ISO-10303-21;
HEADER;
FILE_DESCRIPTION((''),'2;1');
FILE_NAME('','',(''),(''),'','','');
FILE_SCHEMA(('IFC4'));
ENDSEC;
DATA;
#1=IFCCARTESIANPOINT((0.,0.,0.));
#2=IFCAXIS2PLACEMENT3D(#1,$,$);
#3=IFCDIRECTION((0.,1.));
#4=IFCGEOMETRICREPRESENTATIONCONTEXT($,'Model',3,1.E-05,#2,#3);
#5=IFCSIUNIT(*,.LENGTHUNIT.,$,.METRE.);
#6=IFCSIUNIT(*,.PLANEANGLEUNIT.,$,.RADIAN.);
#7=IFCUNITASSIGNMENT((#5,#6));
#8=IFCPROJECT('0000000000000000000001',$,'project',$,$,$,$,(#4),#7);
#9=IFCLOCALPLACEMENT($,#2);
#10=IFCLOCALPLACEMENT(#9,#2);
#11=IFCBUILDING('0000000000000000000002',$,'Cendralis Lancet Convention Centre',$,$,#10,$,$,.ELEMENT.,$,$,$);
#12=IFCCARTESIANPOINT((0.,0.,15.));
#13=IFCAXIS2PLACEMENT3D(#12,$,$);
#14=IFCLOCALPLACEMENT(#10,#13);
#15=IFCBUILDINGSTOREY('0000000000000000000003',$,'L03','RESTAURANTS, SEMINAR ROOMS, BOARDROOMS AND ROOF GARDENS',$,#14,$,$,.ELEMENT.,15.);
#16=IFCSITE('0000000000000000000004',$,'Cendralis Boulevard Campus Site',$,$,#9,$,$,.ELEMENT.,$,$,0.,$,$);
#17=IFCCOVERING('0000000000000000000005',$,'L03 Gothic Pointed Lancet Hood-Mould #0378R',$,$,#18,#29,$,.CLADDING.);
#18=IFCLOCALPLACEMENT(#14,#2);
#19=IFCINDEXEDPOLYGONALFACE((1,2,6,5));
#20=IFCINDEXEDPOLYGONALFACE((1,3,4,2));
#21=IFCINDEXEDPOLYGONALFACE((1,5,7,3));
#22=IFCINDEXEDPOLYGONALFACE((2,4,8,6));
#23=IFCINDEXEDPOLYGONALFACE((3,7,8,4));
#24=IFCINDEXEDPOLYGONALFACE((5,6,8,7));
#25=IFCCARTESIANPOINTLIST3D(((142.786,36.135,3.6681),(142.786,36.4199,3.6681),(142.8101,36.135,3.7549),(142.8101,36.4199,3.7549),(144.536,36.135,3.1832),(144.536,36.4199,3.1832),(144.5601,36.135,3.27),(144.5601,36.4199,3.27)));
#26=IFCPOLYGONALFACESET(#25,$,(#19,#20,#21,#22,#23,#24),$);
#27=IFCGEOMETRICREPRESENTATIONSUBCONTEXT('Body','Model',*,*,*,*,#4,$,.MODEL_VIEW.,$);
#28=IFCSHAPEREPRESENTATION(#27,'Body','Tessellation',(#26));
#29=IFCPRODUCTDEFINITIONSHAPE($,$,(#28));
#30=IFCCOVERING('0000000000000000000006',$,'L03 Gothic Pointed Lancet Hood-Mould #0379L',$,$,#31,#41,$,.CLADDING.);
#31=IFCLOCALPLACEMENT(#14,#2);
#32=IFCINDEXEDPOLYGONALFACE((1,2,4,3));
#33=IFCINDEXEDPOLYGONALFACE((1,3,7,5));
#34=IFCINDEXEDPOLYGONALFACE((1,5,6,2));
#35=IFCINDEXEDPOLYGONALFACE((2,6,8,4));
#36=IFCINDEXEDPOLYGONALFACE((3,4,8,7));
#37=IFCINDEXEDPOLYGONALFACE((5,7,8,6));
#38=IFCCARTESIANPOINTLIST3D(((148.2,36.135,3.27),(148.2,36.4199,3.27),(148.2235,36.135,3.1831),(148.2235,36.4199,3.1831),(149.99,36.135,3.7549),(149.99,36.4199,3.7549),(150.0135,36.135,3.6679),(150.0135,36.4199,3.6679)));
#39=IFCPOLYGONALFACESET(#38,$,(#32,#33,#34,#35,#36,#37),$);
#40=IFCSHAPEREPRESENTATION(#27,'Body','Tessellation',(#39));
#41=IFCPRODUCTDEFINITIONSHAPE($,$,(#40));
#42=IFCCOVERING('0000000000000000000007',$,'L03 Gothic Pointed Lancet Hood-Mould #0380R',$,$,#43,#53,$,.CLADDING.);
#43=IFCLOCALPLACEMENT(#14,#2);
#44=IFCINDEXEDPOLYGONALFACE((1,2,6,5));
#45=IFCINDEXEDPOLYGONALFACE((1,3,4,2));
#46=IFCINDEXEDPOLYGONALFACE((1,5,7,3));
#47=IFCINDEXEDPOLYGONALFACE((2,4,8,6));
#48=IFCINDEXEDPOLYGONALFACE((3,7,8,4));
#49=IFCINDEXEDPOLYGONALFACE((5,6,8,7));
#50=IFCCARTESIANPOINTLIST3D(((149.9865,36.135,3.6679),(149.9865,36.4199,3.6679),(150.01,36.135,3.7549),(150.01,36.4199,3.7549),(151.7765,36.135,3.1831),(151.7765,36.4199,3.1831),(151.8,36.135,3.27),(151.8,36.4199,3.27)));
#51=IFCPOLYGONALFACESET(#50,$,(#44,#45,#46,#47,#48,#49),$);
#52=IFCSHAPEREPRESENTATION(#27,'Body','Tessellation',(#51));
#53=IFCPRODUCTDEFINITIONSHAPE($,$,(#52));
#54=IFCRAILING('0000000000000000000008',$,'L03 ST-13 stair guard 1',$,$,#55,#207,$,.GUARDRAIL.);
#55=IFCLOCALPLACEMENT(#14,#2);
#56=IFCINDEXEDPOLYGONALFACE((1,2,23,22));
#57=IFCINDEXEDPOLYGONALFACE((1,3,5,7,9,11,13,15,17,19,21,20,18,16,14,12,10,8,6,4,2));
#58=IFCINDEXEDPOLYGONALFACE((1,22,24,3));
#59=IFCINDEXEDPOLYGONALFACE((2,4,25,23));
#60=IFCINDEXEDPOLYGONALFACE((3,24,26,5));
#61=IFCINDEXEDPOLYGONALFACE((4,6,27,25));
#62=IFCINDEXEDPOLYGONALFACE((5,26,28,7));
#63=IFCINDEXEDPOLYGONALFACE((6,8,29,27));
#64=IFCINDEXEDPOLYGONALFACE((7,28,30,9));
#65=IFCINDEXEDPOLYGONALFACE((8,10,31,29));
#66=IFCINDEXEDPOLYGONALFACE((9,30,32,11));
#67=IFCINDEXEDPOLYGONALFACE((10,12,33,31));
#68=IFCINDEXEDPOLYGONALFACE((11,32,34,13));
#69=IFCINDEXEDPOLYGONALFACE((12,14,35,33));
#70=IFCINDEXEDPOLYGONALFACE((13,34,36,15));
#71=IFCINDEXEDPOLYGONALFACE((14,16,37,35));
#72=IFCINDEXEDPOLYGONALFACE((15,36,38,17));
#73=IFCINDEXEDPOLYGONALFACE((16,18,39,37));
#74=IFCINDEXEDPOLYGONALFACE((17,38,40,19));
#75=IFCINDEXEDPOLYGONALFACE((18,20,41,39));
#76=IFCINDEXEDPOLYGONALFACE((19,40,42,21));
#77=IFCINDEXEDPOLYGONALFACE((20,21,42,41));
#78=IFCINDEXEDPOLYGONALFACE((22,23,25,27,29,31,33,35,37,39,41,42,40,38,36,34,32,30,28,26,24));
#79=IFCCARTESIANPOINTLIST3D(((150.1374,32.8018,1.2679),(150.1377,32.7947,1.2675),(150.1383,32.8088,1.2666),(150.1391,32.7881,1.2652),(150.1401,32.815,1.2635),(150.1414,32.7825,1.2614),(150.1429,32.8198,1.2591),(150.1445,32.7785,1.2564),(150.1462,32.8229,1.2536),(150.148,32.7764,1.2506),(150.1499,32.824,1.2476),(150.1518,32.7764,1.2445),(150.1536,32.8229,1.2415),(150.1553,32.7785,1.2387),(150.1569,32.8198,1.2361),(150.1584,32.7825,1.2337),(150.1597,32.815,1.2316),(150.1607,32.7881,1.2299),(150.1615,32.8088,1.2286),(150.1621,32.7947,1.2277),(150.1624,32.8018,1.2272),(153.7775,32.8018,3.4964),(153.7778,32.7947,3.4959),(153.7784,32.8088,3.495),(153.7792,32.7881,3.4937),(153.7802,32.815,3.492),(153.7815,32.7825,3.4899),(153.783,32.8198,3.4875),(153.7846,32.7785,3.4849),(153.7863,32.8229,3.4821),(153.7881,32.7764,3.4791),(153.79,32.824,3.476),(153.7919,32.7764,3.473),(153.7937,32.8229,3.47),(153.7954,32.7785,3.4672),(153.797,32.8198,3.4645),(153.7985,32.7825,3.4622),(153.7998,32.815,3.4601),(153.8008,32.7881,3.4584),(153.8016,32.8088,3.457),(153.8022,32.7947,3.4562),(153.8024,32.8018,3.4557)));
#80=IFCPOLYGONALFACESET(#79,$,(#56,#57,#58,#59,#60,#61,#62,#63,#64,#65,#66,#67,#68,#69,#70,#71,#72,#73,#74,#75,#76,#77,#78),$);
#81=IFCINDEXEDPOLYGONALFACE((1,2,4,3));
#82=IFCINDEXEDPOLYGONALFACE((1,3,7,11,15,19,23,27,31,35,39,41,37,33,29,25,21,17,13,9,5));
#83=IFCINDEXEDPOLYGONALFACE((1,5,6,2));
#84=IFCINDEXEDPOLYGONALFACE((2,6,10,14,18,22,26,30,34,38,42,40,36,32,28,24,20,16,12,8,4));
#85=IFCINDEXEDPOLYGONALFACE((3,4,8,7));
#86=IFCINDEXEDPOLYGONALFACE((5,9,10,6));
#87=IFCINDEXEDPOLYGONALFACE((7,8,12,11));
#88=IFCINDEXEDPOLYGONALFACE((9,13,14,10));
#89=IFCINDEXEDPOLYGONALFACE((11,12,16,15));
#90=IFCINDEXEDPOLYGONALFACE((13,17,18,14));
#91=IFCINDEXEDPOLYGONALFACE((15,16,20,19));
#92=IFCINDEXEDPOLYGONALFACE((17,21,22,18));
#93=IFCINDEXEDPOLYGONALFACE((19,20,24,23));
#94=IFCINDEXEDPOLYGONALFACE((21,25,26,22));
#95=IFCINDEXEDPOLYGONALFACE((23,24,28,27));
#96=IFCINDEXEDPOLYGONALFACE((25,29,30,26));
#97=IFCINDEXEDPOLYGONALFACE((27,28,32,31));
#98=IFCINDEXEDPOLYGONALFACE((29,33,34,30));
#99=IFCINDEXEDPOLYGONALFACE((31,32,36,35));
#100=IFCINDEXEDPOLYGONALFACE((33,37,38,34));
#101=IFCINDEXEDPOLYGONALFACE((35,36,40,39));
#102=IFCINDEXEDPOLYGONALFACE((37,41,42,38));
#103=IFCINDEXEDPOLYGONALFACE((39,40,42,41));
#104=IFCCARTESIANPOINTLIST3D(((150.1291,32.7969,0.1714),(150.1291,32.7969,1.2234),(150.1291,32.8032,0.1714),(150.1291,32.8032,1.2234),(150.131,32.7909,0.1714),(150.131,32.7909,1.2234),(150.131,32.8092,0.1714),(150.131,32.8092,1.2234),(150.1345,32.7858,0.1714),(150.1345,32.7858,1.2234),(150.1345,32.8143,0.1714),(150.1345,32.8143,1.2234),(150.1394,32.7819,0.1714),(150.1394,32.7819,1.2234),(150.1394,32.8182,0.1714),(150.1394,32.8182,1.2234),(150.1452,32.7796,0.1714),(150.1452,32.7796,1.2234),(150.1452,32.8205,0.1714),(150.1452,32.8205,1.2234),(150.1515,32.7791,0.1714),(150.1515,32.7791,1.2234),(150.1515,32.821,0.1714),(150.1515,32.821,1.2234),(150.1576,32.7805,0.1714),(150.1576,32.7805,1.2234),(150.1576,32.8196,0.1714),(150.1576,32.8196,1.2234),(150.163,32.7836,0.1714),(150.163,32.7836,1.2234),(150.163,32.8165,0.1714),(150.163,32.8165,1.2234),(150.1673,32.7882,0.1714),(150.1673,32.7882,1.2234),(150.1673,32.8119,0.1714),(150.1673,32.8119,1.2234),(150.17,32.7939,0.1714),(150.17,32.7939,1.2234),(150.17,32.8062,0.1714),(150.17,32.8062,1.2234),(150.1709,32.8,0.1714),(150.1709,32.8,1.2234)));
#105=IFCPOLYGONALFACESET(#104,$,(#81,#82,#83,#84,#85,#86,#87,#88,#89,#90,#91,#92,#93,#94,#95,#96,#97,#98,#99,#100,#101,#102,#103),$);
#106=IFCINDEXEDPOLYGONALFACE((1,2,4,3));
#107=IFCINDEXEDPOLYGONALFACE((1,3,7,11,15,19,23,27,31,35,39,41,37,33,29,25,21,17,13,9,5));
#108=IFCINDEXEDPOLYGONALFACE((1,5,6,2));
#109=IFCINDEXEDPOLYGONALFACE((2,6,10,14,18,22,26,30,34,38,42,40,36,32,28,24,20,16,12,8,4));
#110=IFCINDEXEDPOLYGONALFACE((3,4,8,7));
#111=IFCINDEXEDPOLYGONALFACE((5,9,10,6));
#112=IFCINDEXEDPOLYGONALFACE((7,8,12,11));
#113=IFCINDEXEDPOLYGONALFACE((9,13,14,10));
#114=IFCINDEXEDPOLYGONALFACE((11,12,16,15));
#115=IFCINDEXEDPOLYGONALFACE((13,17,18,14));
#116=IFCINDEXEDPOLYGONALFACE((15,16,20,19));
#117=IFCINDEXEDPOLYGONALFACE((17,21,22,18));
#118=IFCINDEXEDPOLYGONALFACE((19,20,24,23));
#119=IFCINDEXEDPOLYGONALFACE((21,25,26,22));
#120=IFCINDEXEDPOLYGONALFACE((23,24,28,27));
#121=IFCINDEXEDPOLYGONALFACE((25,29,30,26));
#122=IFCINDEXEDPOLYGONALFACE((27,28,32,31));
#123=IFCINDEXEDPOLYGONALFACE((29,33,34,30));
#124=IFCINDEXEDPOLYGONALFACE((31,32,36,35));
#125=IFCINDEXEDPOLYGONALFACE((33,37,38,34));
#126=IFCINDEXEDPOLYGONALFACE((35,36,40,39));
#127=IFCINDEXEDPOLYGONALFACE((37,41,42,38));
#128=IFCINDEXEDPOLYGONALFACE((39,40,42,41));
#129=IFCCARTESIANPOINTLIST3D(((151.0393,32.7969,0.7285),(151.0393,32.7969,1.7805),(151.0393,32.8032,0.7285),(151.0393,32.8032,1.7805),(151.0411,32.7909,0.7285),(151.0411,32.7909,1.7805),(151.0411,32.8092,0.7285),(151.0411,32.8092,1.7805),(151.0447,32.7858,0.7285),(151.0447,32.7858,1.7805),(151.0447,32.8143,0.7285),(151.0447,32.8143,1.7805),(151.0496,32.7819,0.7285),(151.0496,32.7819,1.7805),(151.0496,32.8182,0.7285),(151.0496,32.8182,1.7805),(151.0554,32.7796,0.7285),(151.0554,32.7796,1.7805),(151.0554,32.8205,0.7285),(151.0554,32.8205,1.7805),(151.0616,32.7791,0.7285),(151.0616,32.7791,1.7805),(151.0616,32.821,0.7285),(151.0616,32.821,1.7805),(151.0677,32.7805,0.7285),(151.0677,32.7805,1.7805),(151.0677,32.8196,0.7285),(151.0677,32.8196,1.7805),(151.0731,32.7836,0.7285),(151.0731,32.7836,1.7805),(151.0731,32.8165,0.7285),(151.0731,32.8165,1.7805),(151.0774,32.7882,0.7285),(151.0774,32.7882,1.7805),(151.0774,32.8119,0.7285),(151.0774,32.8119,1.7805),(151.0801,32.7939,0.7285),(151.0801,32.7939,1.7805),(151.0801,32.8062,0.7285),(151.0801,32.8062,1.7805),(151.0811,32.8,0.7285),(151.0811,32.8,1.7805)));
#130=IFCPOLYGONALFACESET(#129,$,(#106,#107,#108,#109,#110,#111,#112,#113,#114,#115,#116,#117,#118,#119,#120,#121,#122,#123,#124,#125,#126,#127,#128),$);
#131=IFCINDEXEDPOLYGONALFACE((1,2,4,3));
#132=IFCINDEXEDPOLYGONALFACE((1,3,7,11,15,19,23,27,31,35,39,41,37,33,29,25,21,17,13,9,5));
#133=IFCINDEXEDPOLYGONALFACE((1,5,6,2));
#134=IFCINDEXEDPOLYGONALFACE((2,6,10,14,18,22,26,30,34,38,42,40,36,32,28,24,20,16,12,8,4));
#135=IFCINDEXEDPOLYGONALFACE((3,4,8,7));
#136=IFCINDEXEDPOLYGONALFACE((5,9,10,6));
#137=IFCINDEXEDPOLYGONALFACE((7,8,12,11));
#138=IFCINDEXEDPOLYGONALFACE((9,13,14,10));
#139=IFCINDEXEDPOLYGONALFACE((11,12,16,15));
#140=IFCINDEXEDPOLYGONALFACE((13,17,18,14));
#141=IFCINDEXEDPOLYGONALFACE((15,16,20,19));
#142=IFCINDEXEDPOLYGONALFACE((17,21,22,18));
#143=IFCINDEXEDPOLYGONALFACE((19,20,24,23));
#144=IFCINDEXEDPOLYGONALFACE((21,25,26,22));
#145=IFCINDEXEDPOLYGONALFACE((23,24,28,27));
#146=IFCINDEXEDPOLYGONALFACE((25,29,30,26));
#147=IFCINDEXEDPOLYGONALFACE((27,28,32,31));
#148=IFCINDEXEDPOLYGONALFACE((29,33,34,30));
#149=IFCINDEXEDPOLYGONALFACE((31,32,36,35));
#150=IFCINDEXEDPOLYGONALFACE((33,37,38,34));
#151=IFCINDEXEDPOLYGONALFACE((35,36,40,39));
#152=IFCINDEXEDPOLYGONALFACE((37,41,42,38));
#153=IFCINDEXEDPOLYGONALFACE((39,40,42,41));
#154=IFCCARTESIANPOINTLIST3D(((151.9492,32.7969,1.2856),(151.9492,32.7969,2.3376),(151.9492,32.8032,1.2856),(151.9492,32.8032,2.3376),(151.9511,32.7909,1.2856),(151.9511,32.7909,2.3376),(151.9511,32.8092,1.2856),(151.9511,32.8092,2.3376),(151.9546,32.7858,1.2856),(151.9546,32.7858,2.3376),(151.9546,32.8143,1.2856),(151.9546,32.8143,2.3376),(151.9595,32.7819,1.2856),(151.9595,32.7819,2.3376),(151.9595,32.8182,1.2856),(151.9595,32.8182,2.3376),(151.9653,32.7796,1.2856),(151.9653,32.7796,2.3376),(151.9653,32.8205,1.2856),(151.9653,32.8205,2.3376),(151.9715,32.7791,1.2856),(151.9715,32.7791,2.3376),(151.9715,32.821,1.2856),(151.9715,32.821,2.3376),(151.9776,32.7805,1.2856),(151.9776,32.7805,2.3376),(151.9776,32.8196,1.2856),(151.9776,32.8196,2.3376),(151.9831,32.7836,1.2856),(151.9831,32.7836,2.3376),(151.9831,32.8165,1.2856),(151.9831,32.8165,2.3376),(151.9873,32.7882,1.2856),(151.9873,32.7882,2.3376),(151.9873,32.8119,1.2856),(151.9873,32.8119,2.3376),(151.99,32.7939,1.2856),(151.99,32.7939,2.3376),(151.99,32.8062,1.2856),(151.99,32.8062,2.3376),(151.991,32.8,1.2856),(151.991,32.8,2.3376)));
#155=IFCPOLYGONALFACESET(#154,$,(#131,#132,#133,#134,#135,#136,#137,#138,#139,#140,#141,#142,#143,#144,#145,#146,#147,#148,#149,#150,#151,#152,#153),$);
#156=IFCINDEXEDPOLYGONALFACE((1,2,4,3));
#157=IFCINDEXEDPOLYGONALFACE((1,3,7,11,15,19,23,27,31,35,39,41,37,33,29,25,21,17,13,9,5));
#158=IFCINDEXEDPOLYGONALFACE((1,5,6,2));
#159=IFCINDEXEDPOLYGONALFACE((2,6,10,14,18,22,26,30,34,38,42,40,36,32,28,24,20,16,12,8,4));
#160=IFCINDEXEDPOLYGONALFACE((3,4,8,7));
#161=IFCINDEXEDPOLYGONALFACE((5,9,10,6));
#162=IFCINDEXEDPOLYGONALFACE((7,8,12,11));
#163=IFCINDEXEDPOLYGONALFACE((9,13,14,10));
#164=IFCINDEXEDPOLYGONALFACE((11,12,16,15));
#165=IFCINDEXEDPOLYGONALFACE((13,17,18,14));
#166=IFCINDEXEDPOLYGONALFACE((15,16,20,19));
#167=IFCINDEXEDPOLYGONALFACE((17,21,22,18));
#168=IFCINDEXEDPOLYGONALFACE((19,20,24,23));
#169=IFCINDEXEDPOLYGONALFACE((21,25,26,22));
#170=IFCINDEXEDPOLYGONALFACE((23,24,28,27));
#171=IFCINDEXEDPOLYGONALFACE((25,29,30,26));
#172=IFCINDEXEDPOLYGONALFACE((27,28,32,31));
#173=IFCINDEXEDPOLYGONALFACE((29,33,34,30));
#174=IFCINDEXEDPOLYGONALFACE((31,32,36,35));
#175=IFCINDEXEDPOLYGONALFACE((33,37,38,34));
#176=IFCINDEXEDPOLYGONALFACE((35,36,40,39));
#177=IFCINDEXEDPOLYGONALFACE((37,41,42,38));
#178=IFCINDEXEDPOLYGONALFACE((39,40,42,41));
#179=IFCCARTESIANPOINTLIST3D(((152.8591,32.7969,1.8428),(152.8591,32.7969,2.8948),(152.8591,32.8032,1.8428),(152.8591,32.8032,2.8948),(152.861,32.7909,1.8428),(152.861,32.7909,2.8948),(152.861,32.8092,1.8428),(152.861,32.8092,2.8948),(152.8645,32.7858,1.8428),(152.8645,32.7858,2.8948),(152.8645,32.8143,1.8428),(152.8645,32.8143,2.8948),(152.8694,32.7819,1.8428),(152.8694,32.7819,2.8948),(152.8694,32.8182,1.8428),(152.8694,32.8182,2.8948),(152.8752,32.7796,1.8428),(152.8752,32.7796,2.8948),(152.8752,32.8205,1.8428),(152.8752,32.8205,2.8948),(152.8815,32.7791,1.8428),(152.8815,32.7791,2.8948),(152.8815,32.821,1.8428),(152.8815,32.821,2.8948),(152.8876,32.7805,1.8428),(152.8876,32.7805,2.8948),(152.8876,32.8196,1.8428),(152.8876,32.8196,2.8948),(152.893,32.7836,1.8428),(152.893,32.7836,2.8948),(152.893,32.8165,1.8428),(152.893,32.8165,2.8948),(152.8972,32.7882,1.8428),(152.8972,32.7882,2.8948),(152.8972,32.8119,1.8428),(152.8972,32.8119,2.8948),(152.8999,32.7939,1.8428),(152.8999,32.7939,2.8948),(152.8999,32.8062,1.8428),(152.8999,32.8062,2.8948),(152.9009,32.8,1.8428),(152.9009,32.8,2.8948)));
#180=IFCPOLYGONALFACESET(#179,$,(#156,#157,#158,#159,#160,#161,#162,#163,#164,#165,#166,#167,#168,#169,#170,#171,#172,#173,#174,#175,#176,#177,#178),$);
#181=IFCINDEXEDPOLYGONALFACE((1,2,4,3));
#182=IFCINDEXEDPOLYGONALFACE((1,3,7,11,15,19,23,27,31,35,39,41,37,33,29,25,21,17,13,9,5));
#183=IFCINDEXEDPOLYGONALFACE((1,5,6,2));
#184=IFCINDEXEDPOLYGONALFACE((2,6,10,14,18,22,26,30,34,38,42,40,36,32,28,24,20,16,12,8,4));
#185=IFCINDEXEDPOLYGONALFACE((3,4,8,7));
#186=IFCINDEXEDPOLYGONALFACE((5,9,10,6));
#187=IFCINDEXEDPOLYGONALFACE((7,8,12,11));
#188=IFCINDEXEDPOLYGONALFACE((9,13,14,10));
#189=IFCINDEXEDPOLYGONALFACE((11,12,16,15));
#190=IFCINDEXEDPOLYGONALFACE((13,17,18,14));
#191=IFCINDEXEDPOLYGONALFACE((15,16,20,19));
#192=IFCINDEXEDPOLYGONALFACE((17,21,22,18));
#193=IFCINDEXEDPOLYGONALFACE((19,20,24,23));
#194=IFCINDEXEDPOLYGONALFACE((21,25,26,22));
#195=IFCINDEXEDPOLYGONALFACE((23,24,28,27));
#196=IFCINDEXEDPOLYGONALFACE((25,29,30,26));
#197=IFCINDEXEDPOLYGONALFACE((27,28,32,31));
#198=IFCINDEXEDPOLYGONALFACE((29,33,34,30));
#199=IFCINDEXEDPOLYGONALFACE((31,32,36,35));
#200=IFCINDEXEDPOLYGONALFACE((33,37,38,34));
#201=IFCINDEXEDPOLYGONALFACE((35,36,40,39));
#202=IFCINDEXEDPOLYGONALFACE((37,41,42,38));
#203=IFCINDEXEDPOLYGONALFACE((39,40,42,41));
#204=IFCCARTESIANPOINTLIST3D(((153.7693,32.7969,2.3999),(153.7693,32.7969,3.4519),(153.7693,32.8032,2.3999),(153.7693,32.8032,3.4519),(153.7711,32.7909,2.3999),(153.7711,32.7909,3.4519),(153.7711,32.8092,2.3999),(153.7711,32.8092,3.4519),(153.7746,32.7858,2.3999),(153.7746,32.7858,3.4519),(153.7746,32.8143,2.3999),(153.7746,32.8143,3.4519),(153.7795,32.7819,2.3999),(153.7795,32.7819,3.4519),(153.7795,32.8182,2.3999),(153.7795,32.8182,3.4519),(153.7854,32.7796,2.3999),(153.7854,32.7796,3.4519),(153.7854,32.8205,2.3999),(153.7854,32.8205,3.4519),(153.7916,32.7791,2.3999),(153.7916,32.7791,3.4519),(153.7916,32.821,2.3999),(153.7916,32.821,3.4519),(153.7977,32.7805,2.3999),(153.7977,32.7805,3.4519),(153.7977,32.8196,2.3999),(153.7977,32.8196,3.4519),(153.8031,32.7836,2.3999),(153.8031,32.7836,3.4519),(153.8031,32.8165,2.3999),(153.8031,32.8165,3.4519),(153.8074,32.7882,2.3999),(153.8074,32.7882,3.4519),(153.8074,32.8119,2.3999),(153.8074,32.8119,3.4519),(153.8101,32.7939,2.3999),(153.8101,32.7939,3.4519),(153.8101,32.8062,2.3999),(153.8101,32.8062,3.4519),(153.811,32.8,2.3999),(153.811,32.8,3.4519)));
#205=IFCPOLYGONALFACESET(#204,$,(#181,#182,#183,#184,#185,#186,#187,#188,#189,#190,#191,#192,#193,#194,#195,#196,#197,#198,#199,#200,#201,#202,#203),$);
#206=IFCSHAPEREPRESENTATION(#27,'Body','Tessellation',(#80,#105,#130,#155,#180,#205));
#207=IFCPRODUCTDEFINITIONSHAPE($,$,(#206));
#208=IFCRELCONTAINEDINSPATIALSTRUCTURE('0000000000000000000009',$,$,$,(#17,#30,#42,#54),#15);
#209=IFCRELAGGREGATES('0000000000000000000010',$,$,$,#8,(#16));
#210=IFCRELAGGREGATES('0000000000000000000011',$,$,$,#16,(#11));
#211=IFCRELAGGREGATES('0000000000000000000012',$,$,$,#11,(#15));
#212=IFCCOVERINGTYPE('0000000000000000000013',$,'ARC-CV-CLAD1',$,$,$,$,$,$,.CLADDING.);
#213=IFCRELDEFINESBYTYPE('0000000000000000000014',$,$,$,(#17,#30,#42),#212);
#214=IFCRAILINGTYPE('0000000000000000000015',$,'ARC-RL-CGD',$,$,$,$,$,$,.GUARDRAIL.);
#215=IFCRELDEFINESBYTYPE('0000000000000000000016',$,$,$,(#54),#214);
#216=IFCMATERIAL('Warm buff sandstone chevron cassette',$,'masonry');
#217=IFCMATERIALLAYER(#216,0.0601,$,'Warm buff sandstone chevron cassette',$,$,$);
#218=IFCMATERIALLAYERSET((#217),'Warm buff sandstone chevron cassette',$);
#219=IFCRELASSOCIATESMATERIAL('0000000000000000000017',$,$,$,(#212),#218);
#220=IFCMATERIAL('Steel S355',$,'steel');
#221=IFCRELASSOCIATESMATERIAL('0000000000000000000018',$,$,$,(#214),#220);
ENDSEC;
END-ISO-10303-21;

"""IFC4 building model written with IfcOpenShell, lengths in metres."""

from ifc_helpers import new_model, si_unit, direction, frame, origin, origin_2d, place, context, subcontext, project, spatial, polyline, circle, outline, extrude, material, layer, layer_set, type_object, element, save


model = new_model("IFC4")

# Units and contexts
model_context = context("Model", 3, precision=1e-05, world=origin(), true_north=direction((0.0, 1.0)))
body_context = subcontext(model_context, "Body", "Model", "MODEL_VIEW")
ifc_project = project(units=[si_unit("LENGTHUNIT", "METRE"), si_unit("PLANEANGLEUNIT", "RADIAN")], contexts=[model_context])

# Site, building, storey
site_placement = place(None, origin())
site = spatial("IfcSite", under=ifc_project, at=site_placement, Name="Cendralis Boulevard Campus Site", CompositionType="ELEMENT", RefElevation=0.0)
building_placement = place(site_placement, origin())
building = spatial("IfcBuilding", under=site, at=building_placement, Name="Cendralis Lancet Convention Centre", CompositionType="ELEMENT")
storey_placement = place(building_placement, frame((0.0, 0.0, 15.0)))
storey = spatial("IfcBuildingStorey", under=building, at=storey_placement, Name="L03", Description="RESTAURANTS, SEMINAR ROOMS, BOARDROOMS AND ROOF GARDENS", CompositionType="ELEMENT", Elevation=15.0)

# Shared definitions
ifc_material_1 = material(Name="Steel S355", Category="steel")

# Coverings
ifc_material_2 = material(Name="Warm buff sandstone chevron cassette", Category="masonry")
ifc_layer_1 = layer(ifc_material_2, 0.0601, Name="Warm buff sandstone chevron cassette")
ifc_layer_set_1 = layer_set([ifc_layer_1], Name="Warm buff sandstone chevron cassette")
covering_type = type_object("IfcCoveringType", Name="ARC-CV-CLAD1", PredefinedType="CLADDING", material=ifc_layer_set_1)
for number, where, z_axis, x_axis, name in (
    (1, (142.8101, 36.4199, 3.7549), (0.267006, 0.0, 0.963695), (0.0, -1.0, 0.0), "L03 Gothic Pointed Lancet Hood-Mould #0378R"),
):
    element("IfcCovering", number, at=place(storey_placement, frame(where, z_axis=z_axis, x_axis=x_axis)), inside=storey, type_object=covering_type, Name=name, PredefinedType="CLADDING", context=body_context, shape_type="SweptSolid", body=[
        extrude(outline(polyline([(0.0, 0.0), (0.2849, 0.0), (0.2849, 1.8159), (0.0, 1.8159), (0.0, 0.0)])), origin(), (0.0, 0.0, -1.0), 0.0901),
    ])
for number, where, z_axis, x_axis, name in (
    (2, (148.2, 36.4199, 3.27), (-0.261446, 0.0, 0.965218), (0.0, -1.0, 0.0), "L03 Gothic Pointed Lancet Hood-Mould #0379L"),
    (3, (150.01, 36.4199, 3.7549), (0.261446, 0.0, 0.965218), (0.0, -1.0, 0.0), "L03 Gothic Pointed Lancet Hood-Mould #0380R"),
):
    element("IfcCovering", number, at=place(storey_placement, frame(where, z_axis=z_axis, x_axis=x_axis)), inside=storey, type_object=covering_type, Name=name, PredefinedType="CLADDING", context=body_context, shape_type="SweptSolid", body=[
        extrude(outline(polyline([(0.0, 0.0), (0.2849, 0.0), (0.2849, 1.8545), (0.0, 1.8545), (0.0, 0.0)])), origin(), (0.0, 0.0, -1.0), 0.0901),
    ])

# Railing
railing_type_1 = type_object("IfcRailingType", Name="ARC-RL-CGD", PredefinedType="GUARDRAIL", material=ifc_material_1)
railing_1_placement = place(storey_placement, frame((150.1499, 32.8, 0.1714)))
element("IfcRailing", 4, at=railing_1_placement, inside=storey, type_object=railing_type_1, Name="L03 ST-13 stair guard 1", PredefinedType="GUARDRAIL", context=body_context, shape_type="SweptSolid", body=[
    extrude(circle(Radius=0.0239, at=origin_2d()), frame((0.0, 0.0, 1.0762), z_axis=(0.852866, 0.0, 0.52213), x_axis=(0.0, 1.0, 0.0)), (0.0, 0.0, 1.0), 4.2681),
    extrude(circle(Radius=0.021, at=origin_2d()), origin(), (0.0, 0.0, 1.0), 1.052),
    extrude(circle(Radius=0.021, at=origin_2d()), frame((0.9102, 0.0, 0.5571)), (0.0, 0.0, 1.0), 1.052),
    extrude(circle(Radius=0.021, at=origin_2d()), frame((1.8201, 0.0, 1.1143)), (0.0, 0.0, 1.0), 1.052),
    extrude(circle(Radius=0.021, at=origin_2d()), frame((2.73, 0.0, 1.6714)), (0.0, 0.0, 1.0), 1.052),
    extrude(circle(Radius=0.021, at=origin_2d()), frame((3.6401, 0.0, 2.2285)), (0.0, 0.0, 1.0), 1.052),
])

save(model, "model.ifc")
